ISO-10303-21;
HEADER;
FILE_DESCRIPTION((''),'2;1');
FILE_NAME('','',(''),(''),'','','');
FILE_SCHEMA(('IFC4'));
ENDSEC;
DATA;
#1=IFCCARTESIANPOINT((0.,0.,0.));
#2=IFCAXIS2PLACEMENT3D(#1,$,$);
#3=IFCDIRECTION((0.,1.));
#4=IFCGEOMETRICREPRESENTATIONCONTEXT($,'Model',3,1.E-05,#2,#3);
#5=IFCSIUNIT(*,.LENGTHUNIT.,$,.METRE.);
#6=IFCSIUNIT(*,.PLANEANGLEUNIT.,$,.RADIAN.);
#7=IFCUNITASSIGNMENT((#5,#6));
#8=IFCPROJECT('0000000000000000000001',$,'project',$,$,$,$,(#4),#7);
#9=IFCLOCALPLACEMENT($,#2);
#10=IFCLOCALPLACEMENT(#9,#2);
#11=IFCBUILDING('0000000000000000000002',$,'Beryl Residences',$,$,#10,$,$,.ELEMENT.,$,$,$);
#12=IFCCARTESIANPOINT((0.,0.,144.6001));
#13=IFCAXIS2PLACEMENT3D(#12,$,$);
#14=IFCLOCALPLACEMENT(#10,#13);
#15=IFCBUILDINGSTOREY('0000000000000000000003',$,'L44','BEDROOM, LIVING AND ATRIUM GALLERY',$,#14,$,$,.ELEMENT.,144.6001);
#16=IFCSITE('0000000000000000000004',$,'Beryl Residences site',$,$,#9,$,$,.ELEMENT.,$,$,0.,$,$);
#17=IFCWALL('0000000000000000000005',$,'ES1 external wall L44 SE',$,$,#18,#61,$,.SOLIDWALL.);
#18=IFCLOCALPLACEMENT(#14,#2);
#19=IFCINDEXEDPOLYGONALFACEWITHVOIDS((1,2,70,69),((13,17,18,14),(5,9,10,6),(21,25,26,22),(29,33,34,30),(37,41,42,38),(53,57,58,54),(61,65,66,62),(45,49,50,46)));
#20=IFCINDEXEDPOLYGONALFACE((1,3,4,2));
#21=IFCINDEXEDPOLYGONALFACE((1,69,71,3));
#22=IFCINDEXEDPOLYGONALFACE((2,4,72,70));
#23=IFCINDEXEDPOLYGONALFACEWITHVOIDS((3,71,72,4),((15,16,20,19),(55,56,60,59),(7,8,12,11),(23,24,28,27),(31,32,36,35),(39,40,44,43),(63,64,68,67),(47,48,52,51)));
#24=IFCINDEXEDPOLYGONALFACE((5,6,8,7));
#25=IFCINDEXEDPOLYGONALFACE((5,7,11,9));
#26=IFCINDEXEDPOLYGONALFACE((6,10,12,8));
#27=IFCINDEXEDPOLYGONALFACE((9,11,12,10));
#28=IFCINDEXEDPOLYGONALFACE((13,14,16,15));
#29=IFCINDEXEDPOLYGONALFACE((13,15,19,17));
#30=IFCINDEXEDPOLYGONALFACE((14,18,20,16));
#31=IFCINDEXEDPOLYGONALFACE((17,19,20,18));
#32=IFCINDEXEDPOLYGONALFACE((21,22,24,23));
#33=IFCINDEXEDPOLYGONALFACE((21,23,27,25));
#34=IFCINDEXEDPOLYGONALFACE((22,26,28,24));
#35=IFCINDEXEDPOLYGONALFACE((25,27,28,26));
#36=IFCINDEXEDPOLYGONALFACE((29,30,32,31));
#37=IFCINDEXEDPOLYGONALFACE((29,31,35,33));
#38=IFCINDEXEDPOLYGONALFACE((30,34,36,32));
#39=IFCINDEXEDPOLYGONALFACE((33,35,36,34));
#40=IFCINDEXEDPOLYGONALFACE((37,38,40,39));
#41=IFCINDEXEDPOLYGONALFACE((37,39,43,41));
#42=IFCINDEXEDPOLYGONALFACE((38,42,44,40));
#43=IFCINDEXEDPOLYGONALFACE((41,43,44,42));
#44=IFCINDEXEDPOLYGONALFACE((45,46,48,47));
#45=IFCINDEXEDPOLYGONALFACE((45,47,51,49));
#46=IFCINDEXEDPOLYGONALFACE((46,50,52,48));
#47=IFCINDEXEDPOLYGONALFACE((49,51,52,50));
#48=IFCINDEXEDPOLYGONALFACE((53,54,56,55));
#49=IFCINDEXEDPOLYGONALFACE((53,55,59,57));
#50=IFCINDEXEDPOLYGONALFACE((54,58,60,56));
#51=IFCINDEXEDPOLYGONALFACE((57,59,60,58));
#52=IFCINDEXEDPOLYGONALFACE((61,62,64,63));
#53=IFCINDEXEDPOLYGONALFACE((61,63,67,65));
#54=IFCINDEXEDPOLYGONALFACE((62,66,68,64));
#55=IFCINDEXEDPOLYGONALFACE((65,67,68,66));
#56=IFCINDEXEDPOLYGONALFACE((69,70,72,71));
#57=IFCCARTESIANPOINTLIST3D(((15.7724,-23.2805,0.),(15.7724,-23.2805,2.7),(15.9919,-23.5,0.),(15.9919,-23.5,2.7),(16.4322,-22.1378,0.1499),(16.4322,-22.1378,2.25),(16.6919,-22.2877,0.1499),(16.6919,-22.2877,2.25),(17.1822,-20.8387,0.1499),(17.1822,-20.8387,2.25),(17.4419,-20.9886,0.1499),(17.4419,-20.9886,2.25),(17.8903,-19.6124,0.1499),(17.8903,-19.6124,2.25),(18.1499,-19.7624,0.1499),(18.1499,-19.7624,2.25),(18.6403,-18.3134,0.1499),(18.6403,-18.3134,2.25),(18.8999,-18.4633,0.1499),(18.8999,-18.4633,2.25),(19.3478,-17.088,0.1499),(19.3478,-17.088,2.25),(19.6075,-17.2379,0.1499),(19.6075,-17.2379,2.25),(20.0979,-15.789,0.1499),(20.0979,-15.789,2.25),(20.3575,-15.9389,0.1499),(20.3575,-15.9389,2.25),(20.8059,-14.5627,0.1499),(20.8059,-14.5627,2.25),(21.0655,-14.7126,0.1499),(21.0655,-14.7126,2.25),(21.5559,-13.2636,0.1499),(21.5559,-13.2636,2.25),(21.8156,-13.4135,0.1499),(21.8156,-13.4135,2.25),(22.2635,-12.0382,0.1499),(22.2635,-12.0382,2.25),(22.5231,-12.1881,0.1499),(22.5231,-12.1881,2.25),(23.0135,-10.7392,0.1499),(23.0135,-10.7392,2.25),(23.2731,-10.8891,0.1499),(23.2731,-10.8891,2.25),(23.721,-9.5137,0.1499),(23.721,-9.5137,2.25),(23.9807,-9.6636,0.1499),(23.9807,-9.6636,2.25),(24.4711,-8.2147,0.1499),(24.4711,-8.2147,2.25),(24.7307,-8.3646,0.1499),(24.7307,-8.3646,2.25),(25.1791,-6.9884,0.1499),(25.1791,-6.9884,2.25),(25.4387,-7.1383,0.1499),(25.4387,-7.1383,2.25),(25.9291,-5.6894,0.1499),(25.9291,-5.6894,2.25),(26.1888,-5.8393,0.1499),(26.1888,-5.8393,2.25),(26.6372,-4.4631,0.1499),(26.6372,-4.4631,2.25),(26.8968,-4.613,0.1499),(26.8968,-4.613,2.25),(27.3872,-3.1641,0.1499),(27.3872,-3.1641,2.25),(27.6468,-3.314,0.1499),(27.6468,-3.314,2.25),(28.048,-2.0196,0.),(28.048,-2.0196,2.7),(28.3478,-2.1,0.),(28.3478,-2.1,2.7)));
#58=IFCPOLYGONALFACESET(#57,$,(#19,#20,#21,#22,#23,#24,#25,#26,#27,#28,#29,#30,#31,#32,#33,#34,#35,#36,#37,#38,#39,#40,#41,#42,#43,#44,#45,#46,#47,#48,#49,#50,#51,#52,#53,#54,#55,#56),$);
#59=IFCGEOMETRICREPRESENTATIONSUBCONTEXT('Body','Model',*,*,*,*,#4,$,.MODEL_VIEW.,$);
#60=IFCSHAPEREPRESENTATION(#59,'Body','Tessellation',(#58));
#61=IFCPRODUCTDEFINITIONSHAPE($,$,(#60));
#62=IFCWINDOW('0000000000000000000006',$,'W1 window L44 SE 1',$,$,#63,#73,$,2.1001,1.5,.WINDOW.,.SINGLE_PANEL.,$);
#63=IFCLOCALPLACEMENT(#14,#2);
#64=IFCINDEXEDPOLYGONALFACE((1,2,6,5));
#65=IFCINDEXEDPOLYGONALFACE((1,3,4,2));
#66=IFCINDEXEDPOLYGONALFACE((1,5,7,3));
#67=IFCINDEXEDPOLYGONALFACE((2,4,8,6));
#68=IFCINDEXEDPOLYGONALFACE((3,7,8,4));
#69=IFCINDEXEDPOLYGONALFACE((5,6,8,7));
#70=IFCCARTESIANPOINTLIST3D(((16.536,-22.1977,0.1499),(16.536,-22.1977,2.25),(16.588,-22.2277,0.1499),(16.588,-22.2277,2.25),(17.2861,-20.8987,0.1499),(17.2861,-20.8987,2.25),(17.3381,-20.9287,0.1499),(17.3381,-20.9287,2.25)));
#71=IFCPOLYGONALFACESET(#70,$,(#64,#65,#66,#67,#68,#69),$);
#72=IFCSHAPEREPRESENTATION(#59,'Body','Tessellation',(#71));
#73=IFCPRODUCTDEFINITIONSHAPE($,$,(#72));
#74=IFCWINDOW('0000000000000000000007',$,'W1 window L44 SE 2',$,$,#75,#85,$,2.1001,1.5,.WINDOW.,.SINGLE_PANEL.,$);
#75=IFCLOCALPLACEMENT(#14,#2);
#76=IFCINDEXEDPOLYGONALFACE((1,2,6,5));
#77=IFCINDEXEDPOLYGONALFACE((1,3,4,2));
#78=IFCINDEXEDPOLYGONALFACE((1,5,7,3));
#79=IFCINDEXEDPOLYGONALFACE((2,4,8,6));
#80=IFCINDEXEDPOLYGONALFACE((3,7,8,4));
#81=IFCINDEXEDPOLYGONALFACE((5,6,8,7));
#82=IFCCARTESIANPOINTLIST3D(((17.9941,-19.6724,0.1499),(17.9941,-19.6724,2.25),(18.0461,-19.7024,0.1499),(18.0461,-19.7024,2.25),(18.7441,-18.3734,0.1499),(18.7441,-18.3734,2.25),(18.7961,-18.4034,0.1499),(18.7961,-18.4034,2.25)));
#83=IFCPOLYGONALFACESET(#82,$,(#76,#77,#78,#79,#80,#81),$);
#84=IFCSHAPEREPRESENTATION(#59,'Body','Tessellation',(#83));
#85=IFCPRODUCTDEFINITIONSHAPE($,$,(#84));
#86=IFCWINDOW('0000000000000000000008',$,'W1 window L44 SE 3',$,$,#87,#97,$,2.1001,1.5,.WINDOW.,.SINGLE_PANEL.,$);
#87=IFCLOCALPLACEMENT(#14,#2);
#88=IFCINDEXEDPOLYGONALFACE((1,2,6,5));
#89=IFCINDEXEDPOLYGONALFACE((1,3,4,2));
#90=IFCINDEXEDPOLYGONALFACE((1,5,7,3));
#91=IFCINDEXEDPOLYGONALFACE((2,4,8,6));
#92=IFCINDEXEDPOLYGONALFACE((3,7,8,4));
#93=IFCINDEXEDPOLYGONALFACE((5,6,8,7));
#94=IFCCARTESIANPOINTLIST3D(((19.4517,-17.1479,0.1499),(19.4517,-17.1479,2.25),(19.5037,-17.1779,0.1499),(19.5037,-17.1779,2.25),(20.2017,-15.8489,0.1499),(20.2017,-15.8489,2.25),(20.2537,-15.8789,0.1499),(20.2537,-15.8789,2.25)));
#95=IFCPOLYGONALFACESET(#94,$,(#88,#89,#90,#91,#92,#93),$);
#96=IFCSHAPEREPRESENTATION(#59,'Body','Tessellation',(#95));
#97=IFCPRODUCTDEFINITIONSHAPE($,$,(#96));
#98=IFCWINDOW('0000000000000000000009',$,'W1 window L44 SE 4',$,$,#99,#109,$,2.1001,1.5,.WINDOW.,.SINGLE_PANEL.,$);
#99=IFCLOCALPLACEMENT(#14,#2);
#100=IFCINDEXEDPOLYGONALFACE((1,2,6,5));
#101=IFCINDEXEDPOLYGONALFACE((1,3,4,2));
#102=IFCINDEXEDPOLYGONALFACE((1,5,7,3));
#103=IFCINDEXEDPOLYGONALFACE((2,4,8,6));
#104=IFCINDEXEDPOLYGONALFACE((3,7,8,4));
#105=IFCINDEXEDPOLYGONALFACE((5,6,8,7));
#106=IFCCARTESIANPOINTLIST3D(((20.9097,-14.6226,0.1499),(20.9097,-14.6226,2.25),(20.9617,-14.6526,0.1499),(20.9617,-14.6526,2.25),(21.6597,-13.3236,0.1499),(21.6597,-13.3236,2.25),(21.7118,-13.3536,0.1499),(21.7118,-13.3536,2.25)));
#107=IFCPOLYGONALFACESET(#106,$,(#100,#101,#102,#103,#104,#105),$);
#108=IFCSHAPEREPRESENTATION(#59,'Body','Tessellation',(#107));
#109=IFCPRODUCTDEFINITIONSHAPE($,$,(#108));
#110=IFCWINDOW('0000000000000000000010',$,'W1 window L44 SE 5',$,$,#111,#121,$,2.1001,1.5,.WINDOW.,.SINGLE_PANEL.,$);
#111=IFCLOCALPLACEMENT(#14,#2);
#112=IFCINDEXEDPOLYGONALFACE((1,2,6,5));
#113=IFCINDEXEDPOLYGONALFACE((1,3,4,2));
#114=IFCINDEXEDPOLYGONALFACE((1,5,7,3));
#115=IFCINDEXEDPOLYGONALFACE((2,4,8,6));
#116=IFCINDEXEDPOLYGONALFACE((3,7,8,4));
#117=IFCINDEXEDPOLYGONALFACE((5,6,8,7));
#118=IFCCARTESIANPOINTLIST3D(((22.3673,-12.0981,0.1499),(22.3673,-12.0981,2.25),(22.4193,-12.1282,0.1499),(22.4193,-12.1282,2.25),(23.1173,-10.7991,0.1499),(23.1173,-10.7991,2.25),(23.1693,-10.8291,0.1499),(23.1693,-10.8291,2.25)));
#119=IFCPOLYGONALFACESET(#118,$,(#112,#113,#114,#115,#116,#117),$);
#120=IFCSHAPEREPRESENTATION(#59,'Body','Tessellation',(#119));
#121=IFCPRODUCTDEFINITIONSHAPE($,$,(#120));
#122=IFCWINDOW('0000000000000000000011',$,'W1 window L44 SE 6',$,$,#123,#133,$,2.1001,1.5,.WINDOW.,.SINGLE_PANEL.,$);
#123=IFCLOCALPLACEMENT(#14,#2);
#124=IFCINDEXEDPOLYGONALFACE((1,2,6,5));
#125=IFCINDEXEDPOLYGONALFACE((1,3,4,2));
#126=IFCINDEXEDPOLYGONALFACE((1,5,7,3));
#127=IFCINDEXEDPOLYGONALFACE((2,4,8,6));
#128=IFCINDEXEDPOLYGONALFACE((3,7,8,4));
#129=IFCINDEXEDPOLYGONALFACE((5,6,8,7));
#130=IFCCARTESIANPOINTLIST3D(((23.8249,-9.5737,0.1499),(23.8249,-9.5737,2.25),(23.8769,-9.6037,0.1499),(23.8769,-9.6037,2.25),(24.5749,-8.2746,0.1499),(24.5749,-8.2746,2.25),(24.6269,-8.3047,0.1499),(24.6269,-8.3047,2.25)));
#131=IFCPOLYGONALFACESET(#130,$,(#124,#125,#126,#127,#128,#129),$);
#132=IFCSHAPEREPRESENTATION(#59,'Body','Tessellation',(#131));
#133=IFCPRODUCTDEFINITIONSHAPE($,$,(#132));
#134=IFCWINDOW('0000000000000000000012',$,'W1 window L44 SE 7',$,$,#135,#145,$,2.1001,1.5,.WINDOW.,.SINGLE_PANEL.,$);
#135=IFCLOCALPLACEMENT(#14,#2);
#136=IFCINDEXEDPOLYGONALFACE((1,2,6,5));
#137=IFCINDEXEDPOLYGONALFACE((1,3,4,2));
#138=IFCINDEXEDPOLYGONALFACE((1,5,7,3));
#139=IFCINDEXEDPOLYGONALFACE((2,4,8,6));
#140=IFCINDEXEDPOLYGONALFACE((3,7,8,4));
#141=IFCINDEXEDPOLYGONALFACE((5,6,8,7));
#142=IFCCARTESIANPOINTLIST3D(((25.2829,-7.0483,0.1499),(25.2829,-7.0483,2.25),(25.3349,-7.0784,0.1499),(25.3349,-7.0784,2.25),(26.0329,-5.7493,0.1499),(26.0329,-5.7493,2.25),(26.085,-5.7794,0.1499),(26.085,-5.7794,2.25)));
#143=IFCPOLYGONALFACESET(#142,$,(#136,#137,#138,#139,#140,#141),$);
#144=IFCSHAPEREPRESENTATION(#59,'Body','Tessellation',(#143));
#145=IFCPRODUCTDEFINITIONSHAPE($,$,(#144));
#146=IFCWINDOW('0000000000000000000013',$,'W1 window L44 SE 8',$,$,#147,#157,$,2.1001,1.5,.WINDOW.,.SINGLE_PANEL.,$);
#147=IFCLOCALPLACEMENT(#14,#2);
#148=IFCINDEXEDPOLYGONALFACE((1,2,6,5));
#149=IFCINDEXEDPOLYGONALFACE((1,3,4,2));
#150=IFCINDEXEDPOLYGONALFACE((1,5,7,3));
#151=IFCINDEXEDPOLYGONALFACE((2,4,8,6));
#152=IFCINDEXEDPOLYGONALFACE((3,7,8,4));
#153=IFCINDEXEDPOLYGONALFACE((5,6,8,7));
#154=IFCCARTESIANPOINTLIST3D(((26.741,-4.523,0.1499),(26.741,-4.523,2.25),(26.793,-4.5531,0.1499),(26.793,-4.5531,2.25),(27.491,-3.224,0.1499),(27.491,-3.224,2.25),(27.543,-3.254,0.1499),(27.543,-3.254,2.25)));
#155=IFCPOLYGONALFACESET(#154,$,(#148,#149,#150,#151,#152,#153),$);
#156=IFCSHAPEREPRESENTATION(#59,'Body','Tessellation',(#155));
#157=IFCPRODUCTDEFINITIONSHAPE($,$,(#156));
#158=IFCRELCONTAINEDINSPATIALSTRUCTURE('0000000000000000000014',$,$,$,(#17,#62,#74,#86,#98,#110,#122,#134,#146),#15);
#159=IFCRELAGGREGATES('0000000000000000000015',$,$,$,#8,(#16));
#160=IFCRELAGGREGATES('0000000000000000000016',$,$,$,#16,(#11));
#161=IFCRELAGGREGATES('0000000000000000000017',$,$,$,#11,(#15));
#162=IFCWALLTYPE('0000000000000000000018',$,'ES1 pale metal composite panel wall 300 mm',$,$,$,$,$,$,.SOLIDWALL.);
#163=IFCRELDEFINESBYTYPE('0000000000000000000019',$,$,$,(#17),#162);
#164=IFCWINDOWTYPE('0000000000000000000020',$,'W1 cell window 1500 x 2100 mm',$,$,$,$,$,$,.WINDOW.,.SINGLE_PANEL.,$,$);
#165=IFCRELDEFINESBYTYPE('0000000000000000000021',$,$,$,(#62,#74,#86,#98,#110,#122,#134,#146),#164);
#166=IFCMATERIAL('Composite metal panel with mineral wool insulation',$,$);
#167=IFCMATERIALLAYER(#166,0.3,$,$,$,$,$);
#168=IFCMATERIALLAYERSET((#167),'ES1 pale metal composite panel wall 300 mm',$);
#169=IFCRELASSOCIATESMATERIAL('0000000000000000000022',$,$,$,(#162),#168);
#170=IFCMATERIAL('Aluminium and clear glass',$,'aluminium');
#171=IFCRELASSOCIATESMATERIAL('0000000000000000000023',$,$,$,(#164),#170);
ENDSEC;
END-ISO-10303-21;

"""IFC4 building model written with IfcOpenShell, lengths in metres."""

from ifc_helpers import new_model, si_unit, direction, frame, frame_2d, origin, place, context, subcontext, project, spatial, polyline, rectangle, outline, extrude, material, layer, layer_set, type_object, element, fill, save


model = new_model("IFC4")

# Units and contexts
model_context = context("Model", 3, precision=1e-05, world=origin(), true_north=direction((0.0, 1.0)))
body_context = subcontext(model_context, "Body", "Model", "MODEL_VIEW")
ifc_project = project(units=[si_unit("LENGTHUNIT", "METRE"), si_unit("PLANEANGLEUNIT", "RADIAN")], contexts=[model_context])

# Site, building, storey
site_placement = place(None, origin())
site = spatial("IfcSite", under=ifc_project, at=site_placement, Name="Beryl Residences site", CompositionType="ELEMENT", RefElevation=0.0)
building_placement = place(site_placement, origin())
building = spatial("IfcBuilding", under=site, at=building_placement, Name="Beryl Residences", CompositionType="ELEMENT")
storey_placement = place(building_placement, frame((0.0, 0.0, 144.6001)))
storey = spatial("IfcBuildingStorey", under=building, at=storey_placement, Name="L44", Description="BEDROOM, LIVING AND ATRIUM GALLERY", CompositionType="ELEMENT", Elevation=144.6001)

# Wall, openings, windows
ifc_material_1 = material(Name="Composite metal panel with mineral wool insulation")
ifc_layer_1 = layer(ifc_material_1, 0.3)
ifc_layer_set_1 = layer_set([ifc_layer_1], Name="ES1 pale metal composite panel wall 300 mm")
wall_type_1 = type_object("IfcWallType", Name="ES1 pale metal composite panel wall 300 mm", PredefinedType="SOLIDWALL", material=ifc_layer_set_1)
wall_1_placement = place(storey_placement, frame((15.8621, -23.425, 0.0), z_axis=(0.0, 0.0, 1.0), x_axis=(0.500018, 0.866015, 0.0)))
wall_1 = element("IfcWall", 1, at=wall_1_placement, inside=storey, type_object=wall_type_1, Name="ES1 external wall L44 SE", PredefinedType="SOLIDWALL", context=body_context, shape_type="SweptSolid", body=[
    extrude(outline(polyline([(0.0, -0.1499), (24.7109, -0.1499), (24.6306, 0.1499), (0.0803, 0.1499), (0.0, -0.1499)])), origin(), (0.0, 0.0, 1.0), 2.7),
])
opening_1_placement = place(wall_1_placement, frame((1.3999, 0.0, 0.1499)))
opening_1 = element("IfcOpeningElement", 2, at=opening_1_placement, cuts=wall_1, PredefinedType="OPENING", context=body_context, shape_type="SweptSolid", body=[
    extrude(rectangle(XDim=1.5, YDim=2.1001, at=frame_2d((0.75, 1.05))), frame((0.0, 0.1599, 0.0), z_axis=(0.0, -1.0, 0.0), x_axis=(1.0, 0.0, 0.0)), (0.0, 0.0, 1.0), 0.3201),
])
opening_2_placement = place(wall_1_placement, frame((4.3159, 0.0, 0.1499)))
opening_2 = element("IfcOpeningElement", 3, at=opening_2_placement, cuts=wall_1, PredefinedType="OPENING", context=body_context, shape_type="SweptSolid", body=[
    extrude(rectangle(XDim=1.5, YDim=2.1001, at=frame_2d((0.75, 1.05))), frame((0.0, 0.1599, 0.0), z_axis=(0.0, -1.0, 0.0), x_axis=(1.0, 0.0, 0.0)), (0.0, 0.0, 1.0), 0.3201),
])
opening_3_placement = place(wall_1_placement, frame((7.231, 0.0, 0.1499)))
opening_3 = element("IfcOpeningElement", 4, at=opening_3_placement, cuts=wall_1, PredefinedType="OPENING", context=body_context, shape_type="SweptSolid", body=[
    extrude(rectangle(XDim=1.5, YDim=2.1001, at=frame_2d((0.75, 1.05))), frame((0.0, 0.1599, 0.0), z_axis=(0.0, -1.0, 0.0), x_axis=(1.0, 0.0, 0.0)), (0.0, 0.0, 1.0), 0.3201),
])
opening_4_placement = place(wall_1_placement, frame((10.147, 0.0, 0.1499)))
opening_4 = element("IfcOpeningElement", 5, at=opening_4_placement, cuts=wall_1, PredefinedType="OPENING", context=body_context, shape_type="SweptSolid", body=[
    extrude(rectangle(XDim=1.5, YDim=2.1001, at=frame_2d((0.75, 1.05))), frame((0.0, 0.1599, 0.0), z_axis=(0.0, -1.0, 0.0), x_axis=(1.0, 0.0, 0.0)), (0.0, 0.0, 1.0), 0.3201),
])
opening_5_placement = place(wall_1_placement, frame((13.062, 0.0, 0.1499)))
opening_5 = element("IfcOpeningElement", 6, at=opening_5_placement, cuts=wall_1, PredefinedType="OPENING", context=body_context, shape_type="SweptSolid", body=[
    extrude(rectangle(XDim=1.5, YDim=2.1001, at=frame_2d((0.75, 1.05))), frame((0.0, 0.1599, 0.0), z_axis=(0.0, -1.0, 0.0), x_axis=(1.0, 0.0, 0.0)), (0.0, 0.0, 1.0), 0.3201),
])
opening_6_placement = place(wall_1_placement, frame((15.9771, 0.0, 0.1499)))
opening_6 = element("IfcOpeningElement", 7, at=opening_6_placement, cuts=wall_1, PredefinedType="OPENING", context=body_context, shape_type="SweptSolid", body=[
    extrude(rectangle(XDim=1.5, YDim=2.1001, at=frame_2d((0.75, 1.05))), frame((0.0, 0.1599, 0.0), z_axis=(0.0, -1.0, 0.0), x_axis=(1.0, 0.0, 0.0)), (0.0, 0.0, 1.0), 0.3201),
])
opening_7_placement = place(wall_1_placement, frame((18.8931, 0.0, 0.1499)))
opening_7 = element("IfcOpeningElement", 8, at=opening_7_placement, cuts=wall_1, PredefinedType="OPENING", context=body_context, shape_type="SweptSolid", body=[
    extrude(rectangle(XDim=1.5, YDim=2.1001, at=frame_2d((0.75, 1.05))), frame((0.0, 0.1599, 0.0), z_axis=(0.0, -1.0, 0.0), x_axis=(1.0, 0.0, 0.0)), (0.0, 0.0, 1.0), 0.3201),
])
opening_8_placement = place(wall_1_placement, frame((21.8091, 0.0, 0.1499)))
opening_8 = element("IfcOpeningElement", 9, at=opening_8_placement, cuts=wall_1, PredefinedType="OPENING", context=body_context, shape_type="SweptSolid", body=[
    extrude(rectangle(XDim=1.5, YDim=2.1001, at=frame_2d((0.75, 1.05))), frame((0.0, 0.1599, 0.0), z_axis=(0.0, -1.0, 0.0), x_axis=(1.0, 0.0, 0.0)), (0.0, 0.0, 1.0), 0.3201),
])
ifc_material_2 = material(Name="Aluminium and clear glass", Category="aluminium")
window_type = type_object("IfcWindowType", Name="W1 cell window 1500 x 2100 mm", PartitioningType="SINGLE_PANEL", PredefinedType="WINDOW", material=ifc_material_2)
window_1_placement = place(opening_1_placement, origin())
window_1 = element("IfcWindow", 10, at=window_1_placement, inside=storey, type_object=window_type, Name="W1 window L44 SE 1", OverallHeight=2.1001, OverallWidth=1.5, PartitioningType="SINGLE_PANEL", PredefinedType="WINDOW", context=body_context, shape_type="SweptSolid", body=[
    extrude(rectangle(XDim=1.5, YDim=2.1001, at=frame_2d((0.75, 1.05))), frame((0.0, 0.03, 0.0), z_axis=(0.0, -1.0, 0.0), x_axis=(1.0, 0.0, 0.0)), (0.0, 0.0, 1.0), 0.0601),
])
fill(opening_1, window_1)
window_2_placement = place(opening_2_placement, origin())
window_2 = element("IfcWindow", 11, at=window_2_placement, inside=storey, type_object=window_type, Name="W1 window L44 SE 2", OverallHeight=2.1001, OverallWidth=1.5, PartitioningType="SINGLE_PANEL", PredefinedType="WINDOW", context=body_context, shape_type="SweptSolid", body=[
    extrude(rectangle(XDim=1.5, YDim=2.1001, at=frame_2d((0.75, 1.05))), frame((0.0, 0.03, 0.0), z_axis=(0.0, -1.0, 0.0), x_axis=(1.0, 0.0, 0.0)), (0.0, 0.0, 1.0), 0.0601),
])
fill(opening_2, window_2)
window_3_placement = place(opening_3_placement, origin())
window_3 = element("IfcWindow", 12, at=window_3_placement, inside=storey, type_object=window_type, Name="W1 window L44 SE 3", OverallHeight=2.1001, OverallWidth=1.5, PartitioningType="SINGLE_PANEL", PredefinedType="WINDOW", context=body_context, shape_type="SweptSolid", body=[
    extrude(rectangle(XDim=1.5, YDim=2.1001, at=frame_2d((0.75, 1.05))), frame((0.0, 0.03, 0.0), z_axis=(0.0, -1.0, 0.0), x_axis=(1.0, 0.0, 0.0)), (0.0, 0.0, 1.0), 0.0601),
])
fill(opening_3, window_3)
window_4_placement = place(opening_4_placement, origin())
window_4 = element("IfcWindow", 13, at=window_4_placement, inside=storey, type_object=window_type, Name="W1 window L44 SE 4", OverallHeight=2.1001, OverallWidth=1.5, PartitioningType="SINGLE_PANEL", PredefinedType="WINDOW", context=body_context, shape_type="SweptSolid", body=[
    extrude(rectangle(XDim=1.5, YDim=2.1001, at=frame_2d((0.75, 1.05))), frame((0.0, 0.03, 0.0), z_axis=(0.0, -1.0, 0.0), x_axis=(1.0, 0.0, 0.0)), (0.0, 0.0, 1.0), 0.0601),
])
fill(opening_4, window_4)
window_5_placement = place(opening_5_placement, origin())
window_5 = element("IfcWindow", 14, at=window_5_placement, inside=storey, type_object=window_type, Name="W1 window L44 SE 5", OverallHeight=2.1001, OverallWidth=1.5, PartitioningType="SINGLE_PANEL", PredefinedType="WINDOW", context=body_context, shape_type="SweptSolid", body=[
    extrude(rectangle(XDim=1.5, YDim=2.1001, at=frame_2d((0.75, 1.05))), frame((0.0, 0.03, 0.0), z_axis=(0.0, -1.0, 0.0), x_axis=(1.0, 0.0, 0.0)), (0.0, 0.0, 1.0), 0.0601),
])
fill(opening_5, window_5)
window_6_placement = place(opening_6_placement, origin())
window_6 = element("IfcWindow", 15, at=window_6_placement, inside=storey, type_object=window_type, Name="W1 window L44 SE 6", OverallHeight=2.1001, OverallWidth=1.5, PartitioningType="SINGLE_PANEL", PredefinedType="WINDOW", context=body_context, shape_type="SweptSolid", body=[
    extrude(rectangle(XDim=1.5, YDim=2.1001, at=frame_2d((0.75, 1.05))), frame((0.0, 0.03, 0.0), z_axis=(0.0, -1.0, 0.0), x_axis=(1.0, 0.0, 0.0)), (0.0, 0.0, 1.0), 0.0601),
])
fill(opening_6, window_6)
window_7_placement = place(opening_7_placement, origin())
window_7 = element("IfcWindow", 16, at=window_7_placement, inside=storey, type_object=window_type, Name="W1 window L44 SE 7", OverallHeight=2.1001, OverallWidth=1.5, PartitioningType="SINGLE_PANEL", PredefinedType="WINDOW", context=body_context, shape_type="SweptSolid", body=[
    extrude(rectangle(XDim=1.5, YDim=2.1001, at=frame_2d((0.75, 1.05))), frame((0.0, 0.03, 0.0), z_axis=(0.0, -1.0, 0.0), x_axis=(1.0, 0.0, 0.0)), (0.0, 0.0, 1.0), 0.0601),
])
fill(opening_7, window_7)
window_8_placement = place(opening_8_placement, origin())
window_8 = element("IfcWindow", 17, at=window_8_placement, inside=storey, type_object=window_type, Name="W1 window L44 SE 8", OverallHeight=2.1001, OverallWidth=1.5, PartitioningType="SINGLE_PANEL", PredefinedType="WINDOW", context=body_context, shape_type="SweptSolid", body=[
    extrude(rectangle(XDim=1.5, YDim=2.1001, at=frame_2d((0.75, 1.05))), frame((0.0, 0.03, 0.0), z_axis=(0.0, -1.0, 0.0), x_axis=(1.0, 0.0, 0.0)), (0.0, 0.0, 1.0), 0.0601),
])
fill(opening_8, window_8)

save(model, "model.ifc")
